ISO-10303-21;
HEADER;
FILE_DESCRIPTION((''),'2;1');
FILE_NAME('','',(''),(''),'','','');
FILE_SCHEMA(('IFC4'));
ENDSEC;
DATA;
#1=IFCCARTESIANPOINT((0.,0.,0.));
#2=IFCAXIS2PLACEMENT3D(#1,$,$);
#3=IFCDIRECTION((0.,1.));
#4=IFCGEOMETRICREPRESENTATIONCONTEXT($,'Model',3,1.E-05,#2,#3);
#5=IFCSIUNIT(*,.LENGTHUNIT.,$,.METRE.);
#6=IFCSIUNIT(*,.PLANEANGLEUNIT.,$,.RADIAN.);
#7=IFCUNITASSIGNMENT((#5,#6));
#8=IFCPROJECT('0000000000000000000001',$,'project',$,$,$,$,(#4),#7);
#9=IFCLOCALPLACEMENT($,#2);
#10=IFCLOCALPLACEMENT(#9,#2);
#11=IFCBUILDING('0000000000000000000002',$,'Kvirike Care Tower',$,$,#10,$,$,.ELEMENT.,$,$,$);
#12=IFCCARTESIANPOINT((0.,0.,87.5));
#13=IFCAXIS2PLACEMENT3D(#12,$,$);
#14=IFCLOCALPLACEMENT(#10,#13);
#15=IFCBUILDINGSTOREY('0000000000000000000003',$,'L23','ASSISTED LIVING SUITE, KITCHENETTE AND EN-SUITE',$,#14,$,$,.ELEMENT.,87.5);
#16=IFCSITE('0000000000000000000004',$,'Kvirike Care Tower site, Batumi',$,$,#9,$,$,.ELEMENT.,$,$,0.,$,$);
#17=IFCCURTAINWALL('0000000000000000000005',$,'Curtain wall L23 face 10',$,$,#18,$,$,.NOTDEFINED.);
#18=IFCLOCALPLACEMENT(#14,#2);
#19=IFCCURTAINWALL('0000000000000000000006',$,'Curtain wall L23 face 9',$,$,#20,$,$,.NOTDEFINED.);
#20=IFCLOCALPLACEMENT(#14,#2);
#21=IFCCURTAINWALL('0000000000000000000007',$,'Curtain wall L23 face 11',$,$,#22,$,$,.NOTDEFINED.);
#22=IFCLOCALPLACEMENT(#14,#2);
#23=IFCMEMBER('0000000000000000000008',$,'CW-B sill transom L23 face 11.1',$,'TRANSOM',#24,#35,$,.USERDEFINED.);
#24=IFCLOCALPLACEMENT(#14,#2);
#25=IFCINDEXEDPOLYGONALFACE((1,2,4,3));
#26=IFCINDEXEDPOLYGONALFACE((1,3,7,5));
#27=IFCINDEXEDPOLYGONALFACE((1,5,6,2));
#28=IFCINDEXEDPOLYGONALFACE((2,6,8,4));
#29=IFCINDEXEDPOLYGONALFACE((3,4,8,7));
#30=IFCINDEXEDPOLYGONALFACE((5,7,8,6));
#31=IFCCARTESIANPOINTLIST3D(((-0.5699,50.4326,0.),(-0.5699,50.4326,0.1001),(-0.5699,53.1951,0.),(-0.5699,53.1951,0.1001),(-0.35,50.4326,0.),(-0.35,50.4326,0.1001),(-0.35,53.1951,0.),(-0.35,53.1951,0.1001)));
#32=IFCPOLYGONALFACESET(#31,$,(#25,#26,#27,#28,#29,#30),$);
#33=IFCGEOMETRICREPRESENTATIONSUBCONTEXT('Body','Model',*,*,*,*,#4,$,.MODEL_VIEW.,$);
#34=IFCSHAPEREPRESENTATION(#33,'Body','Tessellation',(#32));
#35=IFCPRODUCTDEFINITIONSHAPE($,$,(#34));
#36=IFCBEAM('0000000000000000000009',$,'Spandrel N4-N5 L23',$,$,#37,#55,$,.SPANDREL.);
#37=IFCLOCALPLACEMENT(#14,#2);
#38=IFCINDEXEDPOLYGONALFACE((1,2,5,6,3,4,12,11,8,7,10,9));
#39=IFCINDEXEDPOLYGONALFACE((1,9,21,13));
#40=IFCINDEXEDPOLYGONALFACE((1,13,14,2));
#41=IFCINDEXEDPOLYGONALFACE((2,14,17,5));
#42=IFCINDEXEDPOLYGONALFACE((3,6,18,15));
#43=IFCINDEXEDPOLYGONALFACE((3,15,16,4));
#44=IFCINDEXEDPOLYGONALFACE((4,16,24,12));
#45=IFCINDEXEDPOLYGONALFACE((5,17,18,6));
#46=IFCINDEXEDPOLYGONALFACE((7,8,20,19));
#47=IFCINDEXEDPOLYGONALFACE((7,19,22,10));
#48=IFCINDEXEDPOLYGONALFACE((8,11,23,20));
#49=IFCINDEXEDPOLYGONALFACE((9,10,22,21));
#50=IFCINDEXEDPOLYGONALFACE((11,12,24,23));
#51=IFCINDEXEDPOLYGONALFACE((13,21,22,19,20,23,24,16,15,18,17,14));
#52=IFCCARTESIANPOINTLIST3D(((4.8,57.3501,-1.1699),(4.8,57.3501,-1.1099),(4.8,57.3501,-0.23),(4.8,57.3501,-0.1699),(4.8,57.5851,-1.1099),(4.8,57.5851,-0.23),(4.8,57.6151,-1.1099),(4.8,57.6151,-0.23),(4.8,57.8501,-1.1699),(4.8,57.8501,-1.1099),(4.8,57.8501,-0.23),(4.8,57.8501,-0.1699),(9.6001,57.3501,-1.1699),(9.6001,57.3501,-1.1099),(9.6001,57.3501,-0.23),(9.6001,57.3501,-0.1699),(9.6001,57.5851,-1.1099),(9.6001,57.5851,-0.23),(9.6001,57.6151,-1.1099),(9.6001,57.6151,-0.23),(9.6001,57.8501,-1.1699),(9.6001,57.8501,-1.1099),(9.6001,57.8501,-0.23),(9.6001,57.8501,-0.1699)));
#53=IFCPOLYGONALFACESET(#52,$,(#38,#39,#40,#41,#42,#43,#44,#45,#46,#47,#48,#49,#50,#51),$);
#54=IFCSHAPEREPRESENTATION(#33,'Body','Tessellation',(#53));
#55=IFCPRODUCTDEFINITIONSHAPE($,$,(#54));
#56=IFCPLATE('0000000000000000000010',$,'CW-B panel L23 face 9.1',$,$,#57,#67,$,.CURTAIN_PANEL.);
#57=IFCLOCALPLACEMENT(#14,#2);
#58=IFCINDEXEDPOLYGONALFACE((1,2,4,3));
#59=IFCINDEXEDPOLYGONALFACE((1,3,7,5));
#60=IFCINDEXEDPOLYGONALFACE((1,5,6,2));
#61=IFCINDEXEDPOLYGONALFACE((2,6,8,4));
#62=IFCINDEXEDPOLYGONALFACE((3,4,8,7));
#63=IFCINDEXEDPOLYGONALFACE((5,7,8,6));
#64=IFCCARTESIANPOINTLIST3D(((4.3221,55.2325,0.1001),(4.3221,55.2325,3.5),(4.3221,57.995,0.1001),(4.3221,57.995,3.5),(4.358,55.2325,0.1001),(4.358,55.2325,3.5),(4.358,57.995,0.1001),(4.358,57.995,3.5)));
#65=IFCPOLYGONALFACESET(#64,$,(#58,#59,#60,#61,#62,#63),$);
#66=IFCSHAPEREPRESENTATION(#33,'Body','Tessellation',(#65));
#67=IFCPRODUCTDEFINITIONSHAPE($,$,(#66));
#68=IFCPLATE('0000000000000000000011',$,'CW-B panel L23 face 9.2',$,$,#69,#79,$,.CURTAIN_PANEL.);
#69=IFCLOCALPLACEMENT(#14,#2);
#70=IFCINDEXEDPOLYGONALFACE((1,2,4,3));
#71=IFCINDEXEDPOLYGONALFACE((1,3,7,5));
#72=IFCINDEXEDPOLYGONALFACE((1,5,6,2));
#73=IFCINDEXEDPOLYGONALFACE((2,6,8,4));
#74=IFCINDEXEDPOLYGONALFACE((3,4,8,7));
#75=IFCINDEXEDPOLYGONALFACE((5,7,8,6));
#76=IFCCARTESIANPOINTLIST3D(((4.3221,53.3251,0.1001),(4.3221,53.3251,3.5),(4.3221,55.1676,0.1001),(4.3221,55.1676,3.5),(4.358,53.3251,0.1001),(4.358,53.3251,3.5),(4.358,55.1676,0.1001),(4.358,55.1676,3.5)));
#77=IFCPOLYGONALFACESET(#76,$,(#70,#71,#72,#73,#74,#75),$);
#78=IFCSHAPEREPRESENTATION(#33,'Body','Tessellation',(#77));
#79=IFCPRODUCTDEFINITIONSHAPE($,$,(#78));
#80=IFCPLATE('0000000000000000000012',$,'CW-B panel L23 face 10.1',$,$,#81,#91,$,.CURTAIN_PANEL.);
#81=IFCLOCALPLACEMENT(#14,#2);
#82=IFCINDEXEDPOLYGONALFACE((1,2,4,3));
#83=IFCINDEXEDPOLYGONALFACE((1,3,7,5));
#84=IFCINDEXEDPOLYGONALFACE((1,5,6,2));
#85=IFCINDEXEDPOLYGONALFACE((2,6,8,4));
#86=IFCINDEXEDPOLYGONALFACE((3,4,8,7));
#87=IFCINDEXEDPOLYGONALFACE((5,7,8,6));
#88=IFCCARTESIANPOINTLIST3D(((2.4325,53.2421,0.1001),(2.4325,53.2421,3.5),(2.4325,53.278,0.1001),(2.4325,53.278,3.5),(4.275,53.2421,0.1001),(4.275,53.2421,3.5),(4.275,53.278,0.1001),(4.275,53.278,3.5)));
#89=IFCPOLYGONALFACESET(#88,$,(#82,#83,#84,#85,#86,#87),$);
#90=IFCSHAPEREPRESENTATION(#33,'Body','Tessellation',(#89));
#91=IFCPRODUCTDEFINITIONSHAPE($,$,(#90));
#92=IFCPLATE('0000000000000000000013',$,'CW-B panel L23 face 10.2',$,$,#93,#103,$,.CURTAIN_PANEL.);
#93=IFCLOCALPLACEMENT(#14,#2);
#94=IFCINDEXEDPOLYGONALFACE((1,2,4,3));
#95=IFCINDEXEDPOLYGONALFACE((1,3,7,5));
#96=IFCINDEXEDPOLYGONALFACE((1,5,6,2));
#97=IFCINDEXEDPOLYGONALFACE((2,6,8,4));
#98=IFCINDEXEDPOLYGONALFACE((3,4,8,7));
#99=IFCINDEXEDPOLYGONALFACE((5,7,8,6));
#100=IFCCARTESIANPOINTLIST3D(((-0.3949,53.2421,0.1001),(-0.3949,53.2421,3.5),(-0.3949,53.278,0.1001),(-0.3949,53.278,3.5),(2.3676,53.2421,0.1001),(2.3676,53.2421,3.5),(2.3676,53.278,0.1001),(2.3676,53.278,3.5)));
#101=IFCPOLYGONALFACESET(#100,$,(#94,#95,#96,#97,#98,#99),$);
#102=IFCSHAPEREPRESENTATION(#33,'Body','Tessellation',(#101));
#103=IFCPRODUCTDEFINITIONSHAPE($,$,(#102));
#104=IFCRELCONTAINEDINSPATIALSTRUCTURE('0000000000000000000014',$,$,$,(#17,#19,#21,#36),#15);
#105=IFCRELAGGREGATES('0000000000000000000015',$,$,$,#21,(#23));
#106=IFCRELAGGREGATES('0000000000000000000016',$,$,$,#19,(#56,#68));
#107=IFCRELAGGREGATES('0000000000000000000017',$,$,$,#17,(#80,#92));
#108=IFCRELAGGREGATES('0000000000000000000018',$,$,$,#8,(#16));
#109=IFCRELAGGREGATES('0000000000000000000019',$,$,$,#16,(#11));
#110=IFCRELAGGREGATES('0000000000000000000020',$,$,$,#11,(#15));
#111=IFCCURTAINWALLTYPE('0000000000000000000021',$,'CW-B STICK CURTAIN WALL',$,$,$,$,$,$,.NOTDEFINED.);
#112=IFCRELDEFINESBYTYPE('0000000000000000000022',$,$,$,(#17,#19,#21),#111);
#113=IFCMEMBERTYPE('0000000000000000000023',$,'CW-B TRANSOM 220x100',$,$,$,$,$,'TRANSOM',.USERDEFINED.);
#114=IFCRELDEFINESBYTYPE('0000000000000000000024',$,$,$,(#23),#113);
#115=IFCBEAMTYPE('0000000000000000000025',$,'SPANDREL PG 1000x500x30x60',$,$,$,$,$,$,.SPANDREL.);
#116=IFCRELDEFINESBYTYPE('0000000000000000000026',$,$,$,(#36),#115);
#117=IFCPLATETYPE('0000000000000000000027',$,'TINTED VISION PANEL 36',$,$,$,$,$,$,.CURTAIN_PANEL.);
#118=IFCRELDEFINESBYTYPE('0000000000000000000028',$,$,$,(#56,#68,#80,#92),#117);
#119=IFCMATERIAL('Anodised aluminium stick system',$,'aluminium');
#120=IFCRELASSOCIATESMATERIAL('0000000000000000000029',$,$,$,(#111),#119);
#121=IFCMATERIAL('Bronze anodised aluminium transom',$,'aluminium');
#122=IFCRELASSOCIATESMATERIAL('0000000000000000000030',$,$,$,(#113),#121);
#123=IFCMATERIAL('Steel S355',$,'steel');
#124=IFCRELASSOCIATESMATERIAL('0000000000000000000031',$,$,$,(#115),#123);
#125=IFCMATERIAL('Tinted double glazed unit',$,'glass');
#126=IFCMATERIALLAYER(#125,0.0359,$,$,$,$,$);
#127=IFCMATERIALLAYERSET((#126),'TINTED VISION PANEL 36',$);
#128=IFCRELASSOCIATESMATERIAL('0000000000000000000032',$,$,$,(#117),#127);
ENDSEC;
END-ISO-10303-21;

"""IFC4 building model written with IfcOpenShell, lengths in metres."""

from ifc_helpers import new_model, si_unit, direction, frame, origin, origin_2d, place, context, subcontext, project, spatial, rectangle, i_section, extrude, material, layer, layer_set, material_profile, profile_set, type_object, element, aggregate, save


model = new_model("IFC4")

# Units and contexts
model_context = context("Model", 3, precision=1e-05, world=origin(), true_north=direction((0.0, 1.0)))
body_context = subcontext(model_context, "Body", "Model", "MODEL_VIEW")
ifc_project = project(units=[si_unit("LENGTHUNIT", "METRE"), si_unit("PLANEANGLEUNIT", "RADIAN")], contexts=[model_context])

# Site, building, storey
site_placement = place(None, origin())
site = spatial("IfcSite", under=ifc_project, at=site_placement, Name="Kvirike Care Tower site, Batumi", CompositionType="ELEMENT", RefElevation=0.0)
building_placement = place(site_placement, origin())
building = spatial("IfcBuilding", under=site, at=building_placement, Name="Kvirike Care Tower", CompositionType="ELEMENT")
storey_placement = place(building_placement, frame((0.0, 0.0, 87.5)))
storey = spatial("IfcBuildingStorey", under=building, at=storey_placement, Name="L23", Description="ASSISTED LIVING SUITE, KITCHENETTE AND EN-SUITE", CompositionType="ELEMENT", Elevation=87.5)

# Curtain wall
ifc_material_1 = material(Name="Anodised aluminium stick system", Category="aluminium")
curtain_wall_type = type_object("IfcCurtainWallType", Name="CW-B STICK CURTAIN WALL", PredefinedType="NOTDEFINED", material=ifc_material_1)
curtain_wall_1_placement = place(storey_placement, origin())
curtain_wall_1 = element("IfcCurtainWall", 1, at=curtain_wall_1_placement, inside=storey, type_object=curtain_wall_type, Name="Curtain wall L23 face 10", PredefinedType="NOTDEFINED")

# Curtain wall
curtain_wall_2_placement = place(storey_placement, origin())
curtain_wall_2 = element("IfcCurtainWall", 2, at=curtain_wall_2_placement, inside=storey, type_object=curtain_wall_type, Name="Curtain wall L23 face 9", PredefinedType="NOTDEFINED")

# Curtain wall
curtain_wall_3_placement = place(storey_placement, origin())
curtain_wall_3 = element("IfcCurtainWall", 3, at=curtain_wall_3_placement, inside=storey, type_object=curtain_wall_type, Name="Curtain wall L23 face 11", PredefinedType="NOTDEFINED")

# Member
ifc_material_2 = material(Name="Bronze anodised aluminium transom", Category="aluminium")
ifc_material_profile_1 = material_profile(ifc_material_2, rectangle(XDim=0.22, YDim=0.1001, at=origin_2d()), Name="CW-B TRANSOM 220x100")
ifc_profile_set_1 = profile_set([ifc_material_profile_1], Name="Bronze anodised aluminium transom")
member_type_1 = type_object("IfcMemberType", Name="CW-B TRANSOM 220x100", ElementType="TRANSOM", PredefinedType="USERDEFINED", material=ifc_profile_set_1)
member_1_placement = place(storey_placement, frame((-0.46, 53.1951, 0.05), z_axis=(0.0, -1.0, 0.0), x_axis=(1.0, 0.0, 0.0)))
member_1 = element("IfcMember", 4, at=member_1_placement, type_object=member_type_1, Name="CW-B sill transom L23 face 11.1", ObjectType="TRANSOM", PredefinedType="USERDEFINED", context=body_context, shape_type="SweptSolid", body=[
    extrude(rectangle(XDim=0.22, YDim=0.1001, at=origin_2d()), origin(), (0.0, 0.0, 1.0), 2.7625),
])
aggregate(curtain_wall_3, [member_1])

# Beam
ifc_material_3 = material(Name="Steel S355", Category="steel")
ifc_material_profile_2 = material_profile(ifc_material_3, i_section(OverallWidth=0.5, OverallDepth=1.0, WebThickness=0.03, FlangeThickness=0.0601, at=origin_2d()), Name="PG 1000x500x30x60")
ifc_profile_set_2 = profile_set([ifc_material_profile_2], Name="Steel S355")
beam_type = type_object("IfcBeamType", Name="SPANDREL PG 1000x500x30x60", PredefinedType="SPANDREL", material=ifc_profile_set_2)
beam_placement = place(storey_placement, frame((4.8, 57.6001, -0.6699), z_axis=(1.0, 0.0, 0.0), x_axis=(0.0, 1.0, 0.0)))
element("IfcBeam", 5, at=beam_placement, inside=storey, type_object=beam_type, Name="Spandrel N4-N5 L23", PredefinedType="SPANDREL", context=body_context, shape_type="SweptSolid", body=[
    extrude(i_section(OverallWidth=0.5, OverallDepth=1.0, WebThickness=0.03, FlangeThickness=0.0601, at=origin_2d()), origin(), (0.0, 0.0, 1.0), 4.8),
])

# Plates
ifc_material_4 = material(Name="Tinted double glazed unit", Category="glass")
ifc_layer = layer(ifc_material_4, 0.0359)
ifc_layer_set = layer_set([ifc_layer], Name="TINTED VISION PANEL 36")
plate_type = type_object("IfcPlateType", Name="TINTED VISION PANEL 36", PredefinedType="CURTAIN_PANEL", material=ifc_layer_set)
plate_1_placement = place(storey_placement, frame((4.3401, 56.6138, 0.1001), z_axis=(0.0, 0.0, 1.0), x_axis=(0.0, -1.0, 0.0)))
plate_1 = element("IfcPlate", 6, at=plate_1_placement, type_object=plate_type, Name="CW-B panel L23 face 9.1", PredefinedType="CURTAIN_PANEL", context=body_context, shape_type="SweptSolid", body=[
    extrude(rectangle(XDim=2.7625, YDim=0.0359, at=origin_2d()), origin(), (0.0, 0.0, 1.0), 3.3999),
])
plate_2_placement = place(storey_placement, frame((4.3401, 54.2463, 0.1001), z_axis=(0.0, 0.0, 1.0), x_axis=(0.0, -1.0, 0.0)))
plate_2 = element("IfcPlate", 7, at=plate_2_placement, type_object=plate_type, Name="CW-B panel L23 face 9.2", PredefinedType="CURTAIN_PANEL", context=body_context, shape_type="SweptSolid", body=[
    extrude(rectangle(XDim=1.8425, YDim=0.0359, at=origin_2d()), origin(), (0.0, 0.0, 1.0), 3.3999),
])
aggregate(curtain_wall_2, [plate_1, plate_2])
plate_3_placement = place(storey_placement, frame((3.3538, 53.26, 0.1001), z_axis=(0.0, 0.0, 1.0), x_axis=(-1.0, 0.0, 0.0)))
plate_3 = element("IfcPlate", 8, at=plate_3_placement, type_object=plate_type, Name="CW-B panel L23 face 10.1", PredefinedType="CURTAIN_PANEL", context=body_context, shape_type="SweptSolid", body=[
    extrude(rectangle(XDim=1.8425, YDim=0.0359, at=origin_2d()), origin(), (0.0, 0.0, 1.0), 3.3999),
])
plate_4_placement = place(storey_placement, frame((0.9863, 53.26, 0.1001), z_axis=(0.0, 0.0, 1.0), x_axis=(-1.0, 0.0, 0.0)))
plate_4 = element("IfcPlate", 9, at=plate_4_placement, type_object=plate_type, Name="CW-B panel L23 face 10.2", PredefinedType="CURTAIN_PANEL", context=body_context, shape_type="SweptSolid", body=[
    extrude(rectangle(XDim=2.7625, YDim=0.0359, at=origin_2d()), origin(), (0.0, 0.0, 1.0), 3.3999),
])
aggregate(curtain_wall_1, [plate_3, plate_4])

save(model, "model.ifc")
